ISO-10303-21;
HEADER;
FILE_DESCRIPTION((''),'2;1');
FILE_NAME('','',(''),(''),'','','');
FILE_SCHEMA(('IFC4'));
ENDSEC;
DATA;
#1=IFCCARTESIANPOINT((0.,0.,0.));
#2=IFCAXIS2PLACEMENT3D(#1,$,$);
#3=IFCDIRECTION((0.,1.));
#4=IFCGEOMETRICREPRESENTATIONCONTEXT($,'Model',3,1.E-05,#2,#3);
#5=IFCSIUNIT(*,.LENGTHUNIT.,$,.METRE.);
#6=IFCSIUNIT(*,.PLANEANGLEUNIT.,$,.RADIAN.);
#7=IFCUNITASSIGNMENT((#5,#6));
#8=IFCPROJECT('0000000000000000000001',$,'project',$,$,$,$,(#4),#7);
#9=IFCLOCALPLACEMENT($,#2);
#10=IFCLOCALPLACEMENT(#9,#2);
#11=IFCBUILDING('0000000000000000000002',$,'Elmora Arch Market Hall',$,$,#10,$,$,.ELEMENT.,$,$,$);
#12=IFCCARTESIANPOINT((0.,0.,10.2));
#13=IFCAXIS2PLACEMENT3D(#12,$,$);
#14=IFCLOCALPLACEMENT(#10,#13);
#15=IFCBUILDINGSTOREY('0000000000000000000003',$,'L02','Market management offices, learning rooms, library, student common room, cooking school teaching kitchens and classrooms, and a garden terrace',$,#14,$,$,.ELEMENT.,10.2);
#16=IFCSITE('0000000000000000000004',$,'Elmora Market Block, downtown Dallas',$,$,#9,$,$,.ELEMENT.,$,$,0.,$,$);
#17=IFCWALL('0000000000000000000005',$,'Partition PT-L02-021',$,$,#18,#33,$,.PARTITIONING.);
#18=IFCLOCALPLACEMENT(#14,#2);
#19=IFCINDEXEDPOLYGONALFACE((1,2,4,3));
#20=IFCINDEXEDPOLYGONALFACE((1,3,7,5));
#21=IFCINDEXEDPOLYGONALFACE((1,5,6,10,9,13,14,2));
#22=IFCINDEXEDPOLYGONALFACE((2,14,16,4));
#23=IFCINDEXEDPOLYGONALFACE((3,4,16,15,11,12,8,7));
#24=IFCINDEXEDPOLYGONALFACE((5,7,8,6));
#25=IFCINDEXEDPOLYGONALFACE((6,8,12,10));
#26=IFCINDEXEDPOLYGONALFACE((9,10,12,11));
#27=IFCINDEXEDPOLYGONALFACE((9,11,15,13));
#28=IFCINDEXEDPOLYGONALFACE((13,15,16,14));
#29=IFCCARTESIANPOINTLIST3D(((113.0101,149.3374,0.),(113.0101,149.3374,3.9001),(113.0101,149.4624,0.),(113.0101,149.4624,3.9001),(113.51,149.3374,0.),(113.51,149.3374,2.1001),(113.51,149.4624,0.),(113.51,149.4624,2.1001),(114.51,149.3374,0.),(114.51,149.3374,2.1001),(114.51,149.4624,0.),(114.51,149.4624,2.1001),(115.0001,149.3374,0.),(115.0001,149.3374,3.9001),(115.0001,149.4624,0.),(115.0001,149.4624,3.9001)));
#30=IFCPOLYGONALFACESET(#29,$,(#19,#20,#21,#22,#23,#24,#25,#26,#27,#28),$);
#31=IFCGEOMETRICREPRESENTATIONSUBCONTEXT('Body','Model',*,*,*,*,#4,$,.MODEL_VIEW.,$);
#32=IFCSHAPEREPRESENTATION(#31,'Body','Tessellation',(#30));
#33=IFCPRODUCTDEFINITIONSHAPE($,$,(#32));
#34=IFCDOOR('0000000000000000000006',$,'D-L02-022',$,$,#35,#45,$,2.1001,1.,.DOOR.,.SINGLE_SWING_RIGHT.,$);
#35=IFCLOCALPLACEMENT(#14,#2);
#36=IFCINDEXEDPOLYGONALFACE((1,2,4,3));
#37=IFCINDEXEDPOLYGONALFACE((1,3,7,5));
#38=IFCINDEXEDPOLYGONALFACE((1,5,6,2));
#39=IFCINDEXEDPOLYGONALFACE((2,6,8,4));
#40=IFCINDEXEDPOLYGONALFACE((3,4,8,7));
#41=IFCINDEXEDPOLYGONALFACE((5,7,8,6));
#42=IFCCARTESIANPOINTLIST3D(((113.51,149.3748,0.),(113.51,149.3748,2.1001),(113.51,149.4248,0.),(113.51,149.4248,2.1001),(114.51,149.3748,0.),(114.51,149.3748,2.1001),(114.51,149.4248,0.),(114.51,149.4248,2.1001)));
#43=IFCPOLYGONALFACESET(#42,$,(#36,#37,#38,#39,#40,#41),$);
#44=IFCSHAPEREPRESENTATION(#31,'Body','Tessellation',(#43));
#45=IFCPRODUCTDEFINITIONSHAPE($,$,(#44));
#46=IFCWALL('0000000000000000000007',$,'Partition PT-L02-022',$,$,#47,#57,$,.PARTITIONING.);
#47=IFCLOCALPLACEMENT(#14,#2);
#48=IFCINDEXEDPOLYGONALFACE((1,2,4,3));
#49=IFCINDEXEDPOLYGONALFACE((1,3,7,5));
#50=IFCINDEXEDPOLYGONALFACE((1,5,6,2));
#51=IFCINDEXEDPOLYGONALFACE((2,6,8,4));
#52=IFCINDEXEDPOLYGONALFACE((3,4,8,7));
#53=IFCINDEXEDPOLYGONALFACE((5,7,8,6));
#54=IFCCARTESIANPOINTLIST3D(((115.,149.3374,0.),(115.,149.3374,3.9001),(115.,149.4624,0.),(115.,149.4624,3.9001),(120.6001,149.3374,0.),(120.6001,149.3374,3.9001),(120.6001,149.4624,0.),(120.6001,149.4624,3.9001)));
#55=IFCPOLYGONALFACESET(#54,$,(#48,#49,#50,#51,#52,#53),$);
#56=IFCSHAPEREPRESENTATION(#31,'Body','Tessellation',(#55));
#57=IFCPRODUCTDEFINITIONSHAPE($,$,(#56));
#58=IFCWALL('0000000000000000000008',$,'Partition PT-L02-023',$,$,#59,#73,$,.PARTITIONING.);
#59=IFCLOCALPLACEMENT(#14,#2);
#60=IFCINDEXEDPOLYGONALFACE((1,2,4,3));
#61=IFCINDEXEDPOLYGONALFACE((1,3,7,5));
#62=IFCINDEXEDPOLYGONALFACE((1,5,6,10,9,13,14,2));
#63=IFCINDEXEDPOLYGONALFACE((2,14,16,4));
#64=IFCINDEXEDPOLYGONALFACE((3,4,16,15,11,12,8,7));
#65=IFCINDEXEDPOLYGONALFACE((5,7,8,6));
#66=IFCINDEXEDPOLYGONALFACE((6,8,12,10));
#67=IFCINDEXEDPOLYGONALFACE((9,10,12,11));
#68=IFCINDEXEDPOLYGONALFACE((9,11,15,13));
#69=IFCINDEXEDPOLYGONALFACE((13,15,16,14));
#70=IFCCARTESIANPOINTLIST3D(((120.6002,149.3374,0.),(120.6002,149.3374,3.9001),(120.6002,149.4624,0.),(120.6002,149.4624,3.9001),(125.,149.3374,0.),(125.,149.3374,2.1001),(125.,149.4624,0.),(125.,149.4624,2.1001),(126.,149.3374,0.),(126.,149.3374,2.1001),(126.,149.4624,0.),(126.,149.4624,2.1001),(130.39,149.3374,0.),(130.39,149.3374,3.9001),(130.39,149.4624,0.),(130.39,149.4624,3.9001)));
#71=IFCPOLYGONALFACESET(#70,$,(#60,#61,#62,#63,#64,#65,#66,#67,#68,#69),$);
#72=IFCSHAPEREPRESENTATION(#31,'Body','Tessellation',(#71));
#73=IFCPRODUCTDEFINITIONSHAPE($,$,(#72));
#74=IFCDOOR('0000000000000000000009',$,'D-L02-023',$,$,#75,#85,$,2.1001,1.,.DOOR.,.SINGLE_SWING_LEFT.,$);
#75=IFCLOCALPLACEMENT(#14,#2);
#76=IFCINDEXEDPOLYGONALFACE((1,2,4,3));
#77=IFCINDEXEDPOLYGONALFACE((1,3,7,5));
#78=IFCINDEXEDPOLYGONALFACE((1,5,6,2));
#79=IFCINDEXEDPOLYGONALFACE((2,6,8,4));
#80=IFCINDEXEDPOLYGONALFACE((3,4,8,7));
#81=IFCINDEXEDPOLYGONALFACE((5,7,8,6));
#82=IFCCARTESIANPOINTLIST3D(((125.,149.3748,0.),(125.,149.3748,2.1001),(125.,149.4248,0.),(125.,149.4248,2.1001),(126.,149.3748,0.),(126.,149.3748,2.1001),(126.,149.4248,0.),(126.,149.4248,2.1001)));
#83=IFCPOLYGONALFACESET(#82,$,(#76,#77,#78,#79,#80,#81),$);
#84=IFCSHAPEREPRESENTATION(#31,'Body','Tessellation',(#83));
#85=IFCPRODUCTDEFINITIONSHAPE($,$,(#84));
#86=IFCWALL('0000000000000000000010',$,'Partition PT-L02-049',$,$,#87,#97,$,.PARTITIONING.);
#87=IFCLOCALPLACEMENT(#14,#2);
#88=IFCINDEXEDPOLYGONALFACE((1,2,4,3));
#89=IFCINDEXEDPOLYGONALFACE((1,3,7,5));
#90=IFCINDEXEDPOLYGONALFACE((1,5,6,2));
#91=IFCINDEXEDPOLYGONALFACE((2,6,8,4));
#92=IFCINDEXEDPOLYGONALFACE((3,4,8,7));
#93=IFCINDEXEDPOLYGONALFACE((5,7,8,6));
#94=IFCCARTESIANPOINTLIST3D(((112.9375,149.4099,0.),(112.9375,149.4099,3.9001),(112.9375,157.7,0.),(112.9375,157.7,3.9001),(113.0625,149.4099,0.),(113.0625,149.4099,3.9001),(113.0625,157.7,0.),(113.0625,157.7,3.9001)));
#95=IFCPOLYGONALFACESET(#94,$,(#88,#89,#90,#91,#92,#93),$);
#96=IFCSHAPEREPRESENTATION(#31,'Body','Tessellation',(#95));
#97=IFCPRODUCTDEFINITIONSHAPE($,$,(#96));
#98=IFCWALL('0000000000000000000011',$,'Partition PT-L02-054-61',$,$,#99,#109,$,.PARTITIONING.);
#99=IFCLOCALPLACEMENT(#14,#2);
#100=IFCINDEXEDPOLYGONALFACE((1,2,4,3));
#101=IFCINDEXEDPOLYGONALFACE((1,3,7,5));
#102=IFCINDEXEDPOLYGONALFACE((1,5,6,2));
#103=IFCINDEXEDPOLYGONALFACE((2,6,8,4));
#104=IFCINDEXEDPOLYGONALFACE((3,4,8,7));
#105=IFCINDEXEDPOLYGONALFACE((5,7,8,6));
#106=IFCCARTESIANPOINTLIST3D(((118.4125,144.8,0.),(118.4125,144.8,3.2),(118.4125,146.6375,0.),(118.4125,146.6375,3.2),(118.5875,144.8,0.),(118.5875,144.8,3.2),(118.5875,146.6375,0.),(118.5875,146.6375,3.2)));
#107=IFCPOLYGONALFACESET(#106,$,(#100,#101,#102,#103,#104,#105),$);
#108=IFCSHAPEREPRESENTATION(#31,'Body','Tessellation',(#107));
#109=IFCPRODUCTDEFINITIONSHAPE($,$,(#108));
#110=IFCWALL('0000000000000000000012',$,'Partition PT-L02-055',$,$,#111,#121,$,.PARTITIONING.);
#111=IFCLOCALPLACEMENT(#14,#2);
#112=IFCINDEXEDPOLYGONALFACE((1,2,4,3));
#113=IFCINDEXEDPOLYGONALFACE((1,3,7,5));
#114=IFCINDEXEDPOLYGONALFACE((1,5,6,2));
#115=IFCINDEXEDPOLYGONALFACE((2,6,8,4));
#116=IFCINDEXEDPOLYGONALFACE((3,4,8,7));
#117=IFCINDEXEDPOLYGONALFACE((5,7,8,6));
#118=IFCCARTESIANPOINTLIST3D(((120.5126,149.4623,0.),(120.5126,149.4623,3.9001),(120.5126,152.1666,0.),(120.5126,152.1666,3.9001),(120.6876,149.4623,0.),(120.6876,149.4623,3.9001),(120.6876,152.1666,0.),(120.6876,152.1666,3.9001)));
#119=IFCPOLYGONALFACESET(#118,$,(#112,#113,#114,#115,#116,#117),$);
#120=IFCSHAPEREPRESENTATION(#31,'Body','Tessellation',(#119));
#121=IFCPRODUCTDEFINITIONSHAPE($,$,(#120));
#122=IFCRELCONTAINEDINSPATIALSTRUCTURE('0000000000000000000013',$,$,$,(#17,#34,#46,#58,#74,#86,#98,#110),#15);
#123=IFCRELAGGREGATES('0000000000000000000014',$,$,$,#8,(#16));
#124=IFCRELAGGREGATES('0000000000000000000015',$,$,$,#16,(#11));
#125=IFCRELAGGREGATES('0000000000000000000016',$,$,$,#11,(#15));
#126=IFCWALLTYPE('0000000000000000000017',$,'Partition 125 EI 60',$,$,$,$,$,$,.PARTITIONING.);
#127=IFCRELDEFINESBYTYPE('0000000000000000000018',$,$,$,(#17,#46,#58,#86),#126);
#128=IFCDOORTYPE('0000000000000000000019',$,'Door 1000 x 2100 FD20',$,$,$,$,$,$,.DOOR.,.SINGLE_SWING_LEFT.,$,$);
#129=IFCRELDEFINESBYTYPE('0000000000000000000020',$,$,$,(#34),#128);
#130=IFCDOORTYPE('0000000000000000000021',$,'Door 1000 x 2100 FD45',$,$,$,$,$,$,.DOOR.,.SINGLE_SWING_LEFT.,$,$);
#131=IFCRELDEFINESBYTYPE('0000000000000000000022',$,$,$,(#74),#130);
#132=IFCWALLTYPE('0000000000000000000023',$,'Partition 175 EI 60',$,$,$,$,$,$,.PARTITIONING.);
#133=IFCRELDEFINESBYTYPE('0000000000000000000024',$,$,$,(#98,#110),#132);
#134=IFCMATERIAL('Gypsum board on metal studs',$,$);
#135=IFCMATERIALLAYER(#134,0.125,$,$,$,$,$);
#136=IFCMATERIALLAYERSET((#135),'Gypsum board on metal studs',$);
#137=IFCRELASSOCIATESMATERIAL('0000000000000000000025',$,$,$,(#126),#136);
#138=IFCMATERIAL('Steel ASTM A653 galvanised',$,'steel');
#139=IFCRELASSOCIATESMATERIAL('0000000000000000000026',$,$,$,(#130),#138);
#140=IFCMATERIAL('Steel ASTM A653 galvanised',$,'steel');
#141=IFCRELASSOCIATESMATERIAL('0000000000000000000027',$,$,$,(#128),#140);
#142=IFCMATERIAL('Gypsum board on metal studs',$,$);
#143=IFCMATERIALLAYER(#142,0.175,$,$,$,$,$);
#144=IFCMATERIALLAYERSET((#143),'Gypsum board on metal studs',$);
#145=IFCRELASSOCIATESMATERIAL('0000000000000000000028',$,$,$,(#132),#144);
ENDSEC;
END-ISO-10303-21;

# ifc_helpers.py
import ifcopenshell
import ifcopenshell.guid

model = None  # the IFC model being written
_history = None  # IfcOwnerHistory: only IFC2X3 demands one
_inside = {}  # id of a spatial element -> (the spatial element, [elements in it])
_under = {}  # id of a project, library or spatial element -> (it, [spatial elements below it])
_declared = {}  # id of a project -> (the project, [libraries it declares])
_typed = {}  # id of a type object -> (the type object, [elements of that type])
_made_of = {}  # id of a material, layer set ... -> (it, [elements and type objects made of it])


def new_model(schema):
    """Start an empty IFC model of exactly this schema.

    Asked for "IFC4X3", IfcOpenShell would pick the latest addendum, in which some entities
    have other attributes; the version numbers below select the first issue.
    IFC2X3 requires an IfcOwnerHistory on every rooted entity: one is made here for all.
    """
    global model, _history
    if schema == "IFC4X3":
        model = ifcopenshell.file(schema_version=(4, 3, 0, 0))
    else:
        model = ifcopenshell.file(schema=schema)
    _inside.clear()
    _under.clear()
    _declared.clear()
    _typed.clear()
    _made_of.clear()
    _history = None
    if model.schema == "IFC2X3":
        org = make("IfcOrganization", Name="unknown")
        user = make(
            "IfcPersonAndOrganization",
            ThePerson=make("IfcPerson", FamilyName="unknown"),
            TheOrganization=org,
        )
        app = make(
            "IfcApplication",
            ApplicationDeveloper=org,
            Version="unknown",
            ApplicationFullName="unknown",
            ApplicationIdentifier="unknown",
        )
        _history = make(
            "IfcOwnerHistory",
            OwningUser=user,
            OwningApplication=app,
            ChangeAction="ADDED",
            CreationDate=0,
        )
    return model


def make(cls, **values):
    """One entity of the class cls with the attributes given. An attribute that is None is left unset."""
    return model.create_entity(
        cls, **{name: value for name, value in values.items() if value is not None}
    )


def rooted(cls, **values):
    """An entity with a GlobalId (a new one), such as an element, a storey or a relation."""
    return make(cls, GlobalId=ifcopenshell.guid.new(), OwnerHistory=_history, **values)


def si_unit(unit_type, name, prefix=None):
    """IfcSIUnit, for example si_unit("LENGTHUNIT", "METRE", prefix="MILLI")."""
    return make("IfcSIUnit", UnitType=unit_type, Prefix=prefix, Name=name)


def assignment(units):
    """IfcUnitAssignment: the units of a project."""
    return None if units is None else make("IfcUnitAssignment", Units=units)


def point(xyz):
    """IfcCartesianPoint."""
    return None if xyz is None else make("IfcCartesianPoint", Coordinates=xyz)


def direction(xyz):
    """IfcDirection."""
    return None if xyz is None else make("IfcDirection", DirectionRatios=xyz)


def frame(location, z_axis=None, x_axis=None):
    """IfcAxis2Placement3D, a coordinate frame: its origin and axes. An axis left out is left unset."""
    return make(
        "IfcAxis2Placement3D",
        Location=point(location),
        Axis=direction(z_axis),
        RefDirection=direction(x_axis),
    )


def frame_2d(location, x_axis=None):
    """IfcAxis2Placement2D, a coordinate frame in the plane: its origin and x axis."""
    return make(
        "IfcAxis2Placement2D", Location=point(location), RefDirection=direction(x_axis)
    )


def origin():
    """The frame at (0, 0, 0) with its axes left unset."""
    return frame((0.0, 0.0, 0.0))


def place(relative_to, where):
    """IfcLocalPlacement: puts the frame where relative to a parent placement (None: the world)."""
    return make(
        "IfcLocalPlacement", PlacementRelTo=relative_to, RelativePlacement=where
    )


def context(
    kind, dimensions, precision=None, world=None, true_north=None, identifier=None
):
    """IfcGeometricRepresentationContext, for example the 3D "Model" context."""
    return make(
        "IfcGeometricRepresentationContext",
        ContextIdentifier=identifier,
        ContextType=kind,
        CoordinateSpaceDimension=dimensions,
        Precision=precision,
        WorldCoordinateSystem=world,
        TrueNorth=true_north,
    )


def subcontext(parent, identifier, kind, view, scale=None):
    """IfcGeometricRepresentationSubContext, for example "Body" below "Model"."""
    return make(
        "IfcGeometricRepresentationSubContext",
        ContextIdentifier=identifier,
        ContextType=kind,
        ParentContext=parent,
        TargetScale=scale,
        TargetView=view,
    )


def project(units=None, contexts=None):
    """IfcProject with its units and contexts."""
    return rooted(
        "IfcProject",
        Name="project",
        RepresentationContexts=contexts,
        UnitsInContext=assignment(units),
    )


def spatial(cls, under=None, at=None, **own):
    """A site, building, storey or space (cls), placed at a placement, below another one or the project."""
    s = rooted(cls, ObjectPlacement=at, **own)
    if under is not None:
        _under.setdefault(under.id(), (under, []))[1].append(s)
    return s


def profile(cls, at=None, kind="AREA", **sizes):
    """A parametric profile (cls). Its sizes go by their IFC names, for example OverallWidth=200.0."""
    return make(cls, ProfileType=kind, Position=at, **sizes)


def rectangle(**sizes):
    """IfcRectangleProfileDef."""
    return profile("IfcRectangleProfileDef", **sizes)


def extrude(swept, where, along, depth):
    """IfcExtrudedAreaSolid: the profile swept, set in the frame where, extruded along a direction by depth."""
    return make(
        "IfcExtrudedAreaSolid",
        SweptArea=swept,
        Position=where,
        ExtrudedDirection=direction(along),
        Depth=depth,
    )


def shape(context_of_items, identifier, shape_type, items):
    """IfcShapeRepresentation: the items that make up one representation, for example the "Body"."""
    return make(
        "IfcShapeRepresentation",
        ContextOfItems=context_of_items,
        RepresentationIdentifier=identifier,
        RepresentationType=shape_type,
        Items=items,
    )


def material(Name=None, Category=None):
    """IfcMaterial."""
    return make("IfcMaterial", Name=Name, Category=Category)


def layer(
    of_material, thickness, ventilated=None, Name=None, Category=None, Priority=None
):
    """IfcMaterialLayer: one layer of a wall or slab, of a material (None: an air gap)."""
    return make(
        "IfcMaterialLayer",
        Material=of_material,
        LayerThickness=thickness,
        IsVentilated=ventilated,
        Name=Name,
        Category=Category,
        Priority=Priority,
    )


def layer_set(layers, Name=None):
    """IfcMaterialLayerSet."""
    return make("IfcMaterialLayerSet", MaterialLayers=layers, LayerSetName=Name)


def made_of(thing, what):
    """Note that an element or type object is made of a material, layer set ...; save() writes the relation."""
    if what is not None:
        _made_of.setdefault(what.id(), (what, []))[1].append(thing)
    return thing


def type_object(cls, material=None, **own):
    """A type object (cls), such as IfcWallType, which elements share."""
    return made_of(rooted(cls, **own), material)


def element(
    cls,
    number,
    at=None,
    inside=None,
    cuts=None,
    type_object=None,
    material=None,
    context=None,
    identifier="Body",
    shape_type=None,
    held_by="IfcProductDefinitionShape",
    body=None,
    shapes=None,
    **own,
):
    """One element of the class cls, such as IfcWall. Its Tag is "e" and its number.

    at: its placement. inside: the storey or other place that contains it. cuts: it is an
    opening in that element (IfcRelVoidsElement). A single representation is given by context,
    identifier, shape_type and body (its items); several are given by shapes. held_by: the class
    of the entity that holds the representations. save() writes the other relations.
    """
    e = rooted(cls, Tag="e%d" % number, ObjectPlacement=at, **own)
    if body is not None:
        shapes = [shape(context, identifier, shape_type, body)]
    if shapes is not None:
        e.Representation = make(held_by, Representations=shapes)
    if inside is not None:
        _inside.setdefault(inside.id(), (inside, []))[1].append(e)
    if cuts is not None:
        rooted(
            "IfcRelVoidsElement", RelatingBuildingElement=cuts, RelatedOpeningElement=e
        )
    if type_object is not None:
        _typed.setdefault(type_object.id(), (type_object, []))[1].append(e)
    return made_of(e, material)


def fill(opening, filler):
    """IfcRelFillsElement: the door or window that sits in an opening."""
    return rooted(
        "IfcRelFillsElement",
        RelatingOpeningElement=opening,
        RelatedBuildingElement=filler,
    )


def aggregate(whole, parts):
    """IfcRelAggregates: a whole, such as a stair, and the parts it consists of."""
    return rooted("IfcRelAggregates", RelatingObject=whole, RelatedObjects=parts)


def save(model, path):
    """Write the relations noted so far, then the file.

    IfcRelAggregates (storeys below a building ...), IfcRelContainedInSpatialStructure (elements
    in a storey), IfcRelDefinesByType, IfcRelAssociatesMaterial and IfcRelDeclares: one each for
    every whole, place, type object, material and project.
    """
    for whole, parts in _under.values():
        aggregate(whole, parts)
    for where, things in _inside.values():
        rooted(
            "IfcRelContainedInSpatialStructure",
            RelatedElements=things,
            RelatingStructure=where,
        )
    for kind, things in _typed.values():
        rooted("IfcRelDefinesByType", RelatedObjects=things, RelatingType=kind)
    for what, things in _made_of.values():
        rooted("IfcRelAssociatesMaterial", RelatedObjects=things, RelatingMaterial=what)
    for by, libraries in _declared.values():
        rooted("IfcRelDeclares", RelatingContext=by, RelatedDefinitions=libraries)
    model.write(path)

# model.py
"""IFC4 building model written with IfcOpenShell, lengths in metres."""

from ifc_helpers import new_model, si_unit, direction, frame, frame_2d, origin, place, context, subcontext, project, spatial, rectangle, extrude, material, layer, layer_set, type_object, element, fill, save


model = new_model("IFC4")

# Units and contexts
model_context = context("Model", 3, precision=1e-05, world=origin(), true_north=direction((0.0, 1.0)))
body_context = subcontext(model_context, "Body", "Model", "MODEL_VIEW")
ifc_project = project(units=[si_unit("LENGTHUNIT", "METRE"), si_unit("PLANEANGLEUNIT", "RADIAN")], contexts=[model_context])

# Site, building, storey
site_placement = place(None, origin())
site = spatial("IfcSite", under=ifc_project, at=site_placement, Name="Elmora Market Block, downtown Dallas", CompositionType="ELEMENT", RefElevation=0.0)
building_placement = place(site_placement, origin())
building = spatial("IfcBuilding", under=site, at=building_placement, Name="Elmora Arch Market Hall", CompositionType="ELEMENT")
storey_placement = place(building_placement, frame((0.0, 0.0, 10.2)))
storey = spatial("IfcBuildingStorey", under=building, at=storey_placement, Name="L02", Description="Market management offices, learning rooms, library, student common room, cooking school teaching kitchens and classrooms, and a garden terrace", CompositionType="ELEMENT", Elevation=10.2)

# Wall, opening, door
ifc_material_1 = material(Name="Gypsum board on metal studs")
ifc_layer_1 = layer(ifc_material_1, 0.125)
ifc_layer_set_1 = layer_set([ifc_layer_1], Name="Gypsum board on metal studs")
wall_type_1 = type_object("IfcWallType", Name="Partition 125 EI 60", PredefinedType="PARTITIONING", material=ifc_layer_set_1)
ifc_material_2 = material(Name="Steel ASTM A653 galvanised", Category="steel")
door_type_1 = type_object("IfcDoorType", Name="Door 1000 x 2100 FD45", OperationType="SINGLE_SWING_LEFT", PredefinedType="DOOR", material=ifc_material_2)
wall_1_placement = place(storey_placement, frame((113.01, 149.3999, 0.0), z_axis=(0.0, 0.0, 1.0), x_axis=(1.0, 0.0, 0.0)))
wall_1 = element("IfcWall", 1, at=wall_1_placement, inside=storey, type_object=wall_type_1, Name="Partition PT-L02-021", PredefinedType="PARTITIONING", context=body_context, shape_type="SweptSolid", body=[
    extrude(rectangle(XDim=1.99, YDim=0.125, at=frame_2d((0.9951, 0.0))), origin(), (0.0, 0.0, 1.0), 3.9001),
])
opening_1_placement = place(wall_1_placement, frame((0.5, 0.0, 0.0)))
opening_1 = element("IfcOpeningElement", 2, at=opening_1_placement, cuts=wall_1, PredefinedType="OPENING", context=body_context, shape_type="SweptSolid", body=[
    extrude(rectangle(XDim=1.0, YDim=2.1001, at=frame_2d((0.5, 1.05))), frame((0.0, 0.0725, 0.0), z_axis=(0.0, -1.0, 0.0), x_axis=(1.0, 0.0, 0.0)), (0.0, 0.0, 1.0), 0.145),
])
ifc_material_3 = material(Name="Steel ASTM A653 galvanised", Category="steel")
door_type_2 = type_object("IfcDoorType", Name="Door 1000 x 2100 FD20", OperationType="SINGLE_SWING_LEFT", PredefinedType="DOOR", material=ifc_material_3)
door_1_placement = place(opening_1_placement, origin())
door_1 = element("IfcDoor", 3, at=door_1_placement, inside=storey, type_object=door_type_2, Name="D-L02-022", OperationType="SINGLE_SWING_RIGHT", OverallHeight=2.1001, OverallWidth=1.0, PredefinedType="DOOR", context=body_context, shape_type="SweptSolid", body=[
    extrude(rectangle(XDim=1.0, YDim=2.1001, at=frame_2d((0.5, 1.05))), frame((0.0, 0.0249, 0.0), z_axis=(0.0, -1.0, 0.0), x_axis=(1.0, 0.0, 0.0)), (0.0, 0.0, 1.0), 0.05),
])
fill(opening_1, door_1)

# Wall
wall_2_placement = place(storey_placement, frame((115.0, 149.3999, 0.0), z_axis=(0.0, 0.0, 1.0), x_axis=(1.0, 0.0, 0.0)))
element("IfcWall", 4, at=wall_2_placement, inside=storey, type_object=wall_type_1, Name="Partition PT-L02-022", PredefinedType="PARTITIONING", context=body_context, shape_type="SweptSolid", body=[
    extrude(rectangle(XDim=5.6001, YDim=0.125, at=frame_2d((2.8, 0.0))), origin(), (0.0, 0.0, 1.0), 3.9001),
])

# Wall, opening, door
wall_3_placement = place(storey_placement, frame((120.6001, 149.3999, 0.0), z_axis=(0.0, 0.0, 1.0), x_axis=(1.0, 0.0, 0.0)))
wall_3 = element("IfcWall", 5, at=wall_3_placement, inside=storey, type_object=wall_type_1, Name="Partition PT-L02-023", PredefinedType="PARTITIONING", context=body_context, shape_type="SweptSolid", body=[
    extrude(rectangle(XDim=9.7898, YDim=0.125, at=frame_2d((4.895, 0.0))), origin(), (0.0, 0.0, 1.0), 3.9001),
])
opening_2_placement = place(wall_3_placement, frame((4.3999, 0.0, 0.0)))
opening_2 = element("IfcOpeningElement", 6, at=opening_2_placement, cuts=wall_3, PredefinedType="OPENING", context=body_context, shape_type="SweptSolid", body=[
    extrude(rectangle(XDim=1.0, YDim=2.1001, at=frame_2d((0.5, 1.05))), frame((0.0, 0.0725, 0.0), z_axis=(0.0, -1.0, 0.0), x_axis=(1.0, 0.0, 0.0)), (0.0, 0.0, 1.0), 0.145),
])
door_2_placement = place(opening_2_placement, origin())
door_2 = element("IfcDoor", 7, at=door_2_placement, inside=storey, type_object=door_type_1, Name="D-L02-023", OperationType="SINGLE_SWING_LEFT", OverallHeight=2.1001, OverallWidth=1.0, PredefinedType="DOOR", context=body_context, shape_type="SweptSolid", body=[
    extrude(rectangle(XDim=1.0, YDim=2.1001, at=frame_2d((0.5, 1.05))), frame((0.0, 0.0249, 0.0), z_axis=(0.0, -1.0, 0.0), x_axis=(1.0, 0.0, 0.0)), (0.0, 0.0, 1.0), 0.05),
])
fill(opening_2, door_2)

# Walls
wall_4_placement = place(storey_placement, frame((113.0, 149.4099, 0.0), z_axis=(0.0, 0.0, 1.0), x_axis=(0.0, 1.0, 0.0)))
element("IfcWall", 8, at=wall_4_placement, inside=storey, type_object=wall_type_1, Name="Partition PT-L02-049", PredefinedType="PARTITIONING", context=body_context, shape_type="SweptSolid", body=[
    extrude(rectangle(XDim=8.29, YDim=0.125, at=frame_2d((4.145, 0.0))), origin(), (0.0, 0.0, 1.0), 3.9001),
])
ifc_material_4 = material(Name="Gypsum board on metal studs")
ifc_layer_2 = layer(ifc_material_4, 0.175)
ifc_layer_set_2 = layer_set([ifc_layer_2], Name="Gypsum board on metal studs")
wall_type_2 = type_object("IfcWallType", Name="Partition 175 EI 60", PredefinedType="PARTITIONING", material=ifc_layer_set_2)
wall_5_placement = place(storey_placement, frame((118.5, 144.8, 0.0), z_axis=(0.0, 0.0, 1.0), x_axis=(0.0, 1.0, 0.0)))
element("IfcWall", 9, at=wall_5_placement, inside=storey, type_object=wall_type_2, Name="Partition PT-L02-054-61", PredefinedType="PARTITIONING", context=body_context, shape_type="SweptSolid", body=[
    extrude(rectangle(XDim=1.8374, YDim=0.175, at=frame_2d((0.9187, 0.0))), origin(), (0.0, 0.0, 1.0), 3.2),
])
wall_6_placement = place(storey_placement, frame((120.6001, 149.4624, 0.0), z_axis=(0.0, 0.0, 1.0), x_axis=(0.0, 1.0, 0.0)))
element("IfcWall", 10, at=wall_6_placement, inside=storey, type_object=wall_type_2, Name="Partition PT-L02-055", PredefinedType="PARTITIONING", context=body_context, shape_type="SweptSolid", body=[
    extrude(rectangle(XDim=2.7043, YDim=0.175, at=frame_2d((1.3521, 0.0))), origin(), (0.0, 0.0, 1.0), 3.9001),
])

save(model, "model.ifc")
